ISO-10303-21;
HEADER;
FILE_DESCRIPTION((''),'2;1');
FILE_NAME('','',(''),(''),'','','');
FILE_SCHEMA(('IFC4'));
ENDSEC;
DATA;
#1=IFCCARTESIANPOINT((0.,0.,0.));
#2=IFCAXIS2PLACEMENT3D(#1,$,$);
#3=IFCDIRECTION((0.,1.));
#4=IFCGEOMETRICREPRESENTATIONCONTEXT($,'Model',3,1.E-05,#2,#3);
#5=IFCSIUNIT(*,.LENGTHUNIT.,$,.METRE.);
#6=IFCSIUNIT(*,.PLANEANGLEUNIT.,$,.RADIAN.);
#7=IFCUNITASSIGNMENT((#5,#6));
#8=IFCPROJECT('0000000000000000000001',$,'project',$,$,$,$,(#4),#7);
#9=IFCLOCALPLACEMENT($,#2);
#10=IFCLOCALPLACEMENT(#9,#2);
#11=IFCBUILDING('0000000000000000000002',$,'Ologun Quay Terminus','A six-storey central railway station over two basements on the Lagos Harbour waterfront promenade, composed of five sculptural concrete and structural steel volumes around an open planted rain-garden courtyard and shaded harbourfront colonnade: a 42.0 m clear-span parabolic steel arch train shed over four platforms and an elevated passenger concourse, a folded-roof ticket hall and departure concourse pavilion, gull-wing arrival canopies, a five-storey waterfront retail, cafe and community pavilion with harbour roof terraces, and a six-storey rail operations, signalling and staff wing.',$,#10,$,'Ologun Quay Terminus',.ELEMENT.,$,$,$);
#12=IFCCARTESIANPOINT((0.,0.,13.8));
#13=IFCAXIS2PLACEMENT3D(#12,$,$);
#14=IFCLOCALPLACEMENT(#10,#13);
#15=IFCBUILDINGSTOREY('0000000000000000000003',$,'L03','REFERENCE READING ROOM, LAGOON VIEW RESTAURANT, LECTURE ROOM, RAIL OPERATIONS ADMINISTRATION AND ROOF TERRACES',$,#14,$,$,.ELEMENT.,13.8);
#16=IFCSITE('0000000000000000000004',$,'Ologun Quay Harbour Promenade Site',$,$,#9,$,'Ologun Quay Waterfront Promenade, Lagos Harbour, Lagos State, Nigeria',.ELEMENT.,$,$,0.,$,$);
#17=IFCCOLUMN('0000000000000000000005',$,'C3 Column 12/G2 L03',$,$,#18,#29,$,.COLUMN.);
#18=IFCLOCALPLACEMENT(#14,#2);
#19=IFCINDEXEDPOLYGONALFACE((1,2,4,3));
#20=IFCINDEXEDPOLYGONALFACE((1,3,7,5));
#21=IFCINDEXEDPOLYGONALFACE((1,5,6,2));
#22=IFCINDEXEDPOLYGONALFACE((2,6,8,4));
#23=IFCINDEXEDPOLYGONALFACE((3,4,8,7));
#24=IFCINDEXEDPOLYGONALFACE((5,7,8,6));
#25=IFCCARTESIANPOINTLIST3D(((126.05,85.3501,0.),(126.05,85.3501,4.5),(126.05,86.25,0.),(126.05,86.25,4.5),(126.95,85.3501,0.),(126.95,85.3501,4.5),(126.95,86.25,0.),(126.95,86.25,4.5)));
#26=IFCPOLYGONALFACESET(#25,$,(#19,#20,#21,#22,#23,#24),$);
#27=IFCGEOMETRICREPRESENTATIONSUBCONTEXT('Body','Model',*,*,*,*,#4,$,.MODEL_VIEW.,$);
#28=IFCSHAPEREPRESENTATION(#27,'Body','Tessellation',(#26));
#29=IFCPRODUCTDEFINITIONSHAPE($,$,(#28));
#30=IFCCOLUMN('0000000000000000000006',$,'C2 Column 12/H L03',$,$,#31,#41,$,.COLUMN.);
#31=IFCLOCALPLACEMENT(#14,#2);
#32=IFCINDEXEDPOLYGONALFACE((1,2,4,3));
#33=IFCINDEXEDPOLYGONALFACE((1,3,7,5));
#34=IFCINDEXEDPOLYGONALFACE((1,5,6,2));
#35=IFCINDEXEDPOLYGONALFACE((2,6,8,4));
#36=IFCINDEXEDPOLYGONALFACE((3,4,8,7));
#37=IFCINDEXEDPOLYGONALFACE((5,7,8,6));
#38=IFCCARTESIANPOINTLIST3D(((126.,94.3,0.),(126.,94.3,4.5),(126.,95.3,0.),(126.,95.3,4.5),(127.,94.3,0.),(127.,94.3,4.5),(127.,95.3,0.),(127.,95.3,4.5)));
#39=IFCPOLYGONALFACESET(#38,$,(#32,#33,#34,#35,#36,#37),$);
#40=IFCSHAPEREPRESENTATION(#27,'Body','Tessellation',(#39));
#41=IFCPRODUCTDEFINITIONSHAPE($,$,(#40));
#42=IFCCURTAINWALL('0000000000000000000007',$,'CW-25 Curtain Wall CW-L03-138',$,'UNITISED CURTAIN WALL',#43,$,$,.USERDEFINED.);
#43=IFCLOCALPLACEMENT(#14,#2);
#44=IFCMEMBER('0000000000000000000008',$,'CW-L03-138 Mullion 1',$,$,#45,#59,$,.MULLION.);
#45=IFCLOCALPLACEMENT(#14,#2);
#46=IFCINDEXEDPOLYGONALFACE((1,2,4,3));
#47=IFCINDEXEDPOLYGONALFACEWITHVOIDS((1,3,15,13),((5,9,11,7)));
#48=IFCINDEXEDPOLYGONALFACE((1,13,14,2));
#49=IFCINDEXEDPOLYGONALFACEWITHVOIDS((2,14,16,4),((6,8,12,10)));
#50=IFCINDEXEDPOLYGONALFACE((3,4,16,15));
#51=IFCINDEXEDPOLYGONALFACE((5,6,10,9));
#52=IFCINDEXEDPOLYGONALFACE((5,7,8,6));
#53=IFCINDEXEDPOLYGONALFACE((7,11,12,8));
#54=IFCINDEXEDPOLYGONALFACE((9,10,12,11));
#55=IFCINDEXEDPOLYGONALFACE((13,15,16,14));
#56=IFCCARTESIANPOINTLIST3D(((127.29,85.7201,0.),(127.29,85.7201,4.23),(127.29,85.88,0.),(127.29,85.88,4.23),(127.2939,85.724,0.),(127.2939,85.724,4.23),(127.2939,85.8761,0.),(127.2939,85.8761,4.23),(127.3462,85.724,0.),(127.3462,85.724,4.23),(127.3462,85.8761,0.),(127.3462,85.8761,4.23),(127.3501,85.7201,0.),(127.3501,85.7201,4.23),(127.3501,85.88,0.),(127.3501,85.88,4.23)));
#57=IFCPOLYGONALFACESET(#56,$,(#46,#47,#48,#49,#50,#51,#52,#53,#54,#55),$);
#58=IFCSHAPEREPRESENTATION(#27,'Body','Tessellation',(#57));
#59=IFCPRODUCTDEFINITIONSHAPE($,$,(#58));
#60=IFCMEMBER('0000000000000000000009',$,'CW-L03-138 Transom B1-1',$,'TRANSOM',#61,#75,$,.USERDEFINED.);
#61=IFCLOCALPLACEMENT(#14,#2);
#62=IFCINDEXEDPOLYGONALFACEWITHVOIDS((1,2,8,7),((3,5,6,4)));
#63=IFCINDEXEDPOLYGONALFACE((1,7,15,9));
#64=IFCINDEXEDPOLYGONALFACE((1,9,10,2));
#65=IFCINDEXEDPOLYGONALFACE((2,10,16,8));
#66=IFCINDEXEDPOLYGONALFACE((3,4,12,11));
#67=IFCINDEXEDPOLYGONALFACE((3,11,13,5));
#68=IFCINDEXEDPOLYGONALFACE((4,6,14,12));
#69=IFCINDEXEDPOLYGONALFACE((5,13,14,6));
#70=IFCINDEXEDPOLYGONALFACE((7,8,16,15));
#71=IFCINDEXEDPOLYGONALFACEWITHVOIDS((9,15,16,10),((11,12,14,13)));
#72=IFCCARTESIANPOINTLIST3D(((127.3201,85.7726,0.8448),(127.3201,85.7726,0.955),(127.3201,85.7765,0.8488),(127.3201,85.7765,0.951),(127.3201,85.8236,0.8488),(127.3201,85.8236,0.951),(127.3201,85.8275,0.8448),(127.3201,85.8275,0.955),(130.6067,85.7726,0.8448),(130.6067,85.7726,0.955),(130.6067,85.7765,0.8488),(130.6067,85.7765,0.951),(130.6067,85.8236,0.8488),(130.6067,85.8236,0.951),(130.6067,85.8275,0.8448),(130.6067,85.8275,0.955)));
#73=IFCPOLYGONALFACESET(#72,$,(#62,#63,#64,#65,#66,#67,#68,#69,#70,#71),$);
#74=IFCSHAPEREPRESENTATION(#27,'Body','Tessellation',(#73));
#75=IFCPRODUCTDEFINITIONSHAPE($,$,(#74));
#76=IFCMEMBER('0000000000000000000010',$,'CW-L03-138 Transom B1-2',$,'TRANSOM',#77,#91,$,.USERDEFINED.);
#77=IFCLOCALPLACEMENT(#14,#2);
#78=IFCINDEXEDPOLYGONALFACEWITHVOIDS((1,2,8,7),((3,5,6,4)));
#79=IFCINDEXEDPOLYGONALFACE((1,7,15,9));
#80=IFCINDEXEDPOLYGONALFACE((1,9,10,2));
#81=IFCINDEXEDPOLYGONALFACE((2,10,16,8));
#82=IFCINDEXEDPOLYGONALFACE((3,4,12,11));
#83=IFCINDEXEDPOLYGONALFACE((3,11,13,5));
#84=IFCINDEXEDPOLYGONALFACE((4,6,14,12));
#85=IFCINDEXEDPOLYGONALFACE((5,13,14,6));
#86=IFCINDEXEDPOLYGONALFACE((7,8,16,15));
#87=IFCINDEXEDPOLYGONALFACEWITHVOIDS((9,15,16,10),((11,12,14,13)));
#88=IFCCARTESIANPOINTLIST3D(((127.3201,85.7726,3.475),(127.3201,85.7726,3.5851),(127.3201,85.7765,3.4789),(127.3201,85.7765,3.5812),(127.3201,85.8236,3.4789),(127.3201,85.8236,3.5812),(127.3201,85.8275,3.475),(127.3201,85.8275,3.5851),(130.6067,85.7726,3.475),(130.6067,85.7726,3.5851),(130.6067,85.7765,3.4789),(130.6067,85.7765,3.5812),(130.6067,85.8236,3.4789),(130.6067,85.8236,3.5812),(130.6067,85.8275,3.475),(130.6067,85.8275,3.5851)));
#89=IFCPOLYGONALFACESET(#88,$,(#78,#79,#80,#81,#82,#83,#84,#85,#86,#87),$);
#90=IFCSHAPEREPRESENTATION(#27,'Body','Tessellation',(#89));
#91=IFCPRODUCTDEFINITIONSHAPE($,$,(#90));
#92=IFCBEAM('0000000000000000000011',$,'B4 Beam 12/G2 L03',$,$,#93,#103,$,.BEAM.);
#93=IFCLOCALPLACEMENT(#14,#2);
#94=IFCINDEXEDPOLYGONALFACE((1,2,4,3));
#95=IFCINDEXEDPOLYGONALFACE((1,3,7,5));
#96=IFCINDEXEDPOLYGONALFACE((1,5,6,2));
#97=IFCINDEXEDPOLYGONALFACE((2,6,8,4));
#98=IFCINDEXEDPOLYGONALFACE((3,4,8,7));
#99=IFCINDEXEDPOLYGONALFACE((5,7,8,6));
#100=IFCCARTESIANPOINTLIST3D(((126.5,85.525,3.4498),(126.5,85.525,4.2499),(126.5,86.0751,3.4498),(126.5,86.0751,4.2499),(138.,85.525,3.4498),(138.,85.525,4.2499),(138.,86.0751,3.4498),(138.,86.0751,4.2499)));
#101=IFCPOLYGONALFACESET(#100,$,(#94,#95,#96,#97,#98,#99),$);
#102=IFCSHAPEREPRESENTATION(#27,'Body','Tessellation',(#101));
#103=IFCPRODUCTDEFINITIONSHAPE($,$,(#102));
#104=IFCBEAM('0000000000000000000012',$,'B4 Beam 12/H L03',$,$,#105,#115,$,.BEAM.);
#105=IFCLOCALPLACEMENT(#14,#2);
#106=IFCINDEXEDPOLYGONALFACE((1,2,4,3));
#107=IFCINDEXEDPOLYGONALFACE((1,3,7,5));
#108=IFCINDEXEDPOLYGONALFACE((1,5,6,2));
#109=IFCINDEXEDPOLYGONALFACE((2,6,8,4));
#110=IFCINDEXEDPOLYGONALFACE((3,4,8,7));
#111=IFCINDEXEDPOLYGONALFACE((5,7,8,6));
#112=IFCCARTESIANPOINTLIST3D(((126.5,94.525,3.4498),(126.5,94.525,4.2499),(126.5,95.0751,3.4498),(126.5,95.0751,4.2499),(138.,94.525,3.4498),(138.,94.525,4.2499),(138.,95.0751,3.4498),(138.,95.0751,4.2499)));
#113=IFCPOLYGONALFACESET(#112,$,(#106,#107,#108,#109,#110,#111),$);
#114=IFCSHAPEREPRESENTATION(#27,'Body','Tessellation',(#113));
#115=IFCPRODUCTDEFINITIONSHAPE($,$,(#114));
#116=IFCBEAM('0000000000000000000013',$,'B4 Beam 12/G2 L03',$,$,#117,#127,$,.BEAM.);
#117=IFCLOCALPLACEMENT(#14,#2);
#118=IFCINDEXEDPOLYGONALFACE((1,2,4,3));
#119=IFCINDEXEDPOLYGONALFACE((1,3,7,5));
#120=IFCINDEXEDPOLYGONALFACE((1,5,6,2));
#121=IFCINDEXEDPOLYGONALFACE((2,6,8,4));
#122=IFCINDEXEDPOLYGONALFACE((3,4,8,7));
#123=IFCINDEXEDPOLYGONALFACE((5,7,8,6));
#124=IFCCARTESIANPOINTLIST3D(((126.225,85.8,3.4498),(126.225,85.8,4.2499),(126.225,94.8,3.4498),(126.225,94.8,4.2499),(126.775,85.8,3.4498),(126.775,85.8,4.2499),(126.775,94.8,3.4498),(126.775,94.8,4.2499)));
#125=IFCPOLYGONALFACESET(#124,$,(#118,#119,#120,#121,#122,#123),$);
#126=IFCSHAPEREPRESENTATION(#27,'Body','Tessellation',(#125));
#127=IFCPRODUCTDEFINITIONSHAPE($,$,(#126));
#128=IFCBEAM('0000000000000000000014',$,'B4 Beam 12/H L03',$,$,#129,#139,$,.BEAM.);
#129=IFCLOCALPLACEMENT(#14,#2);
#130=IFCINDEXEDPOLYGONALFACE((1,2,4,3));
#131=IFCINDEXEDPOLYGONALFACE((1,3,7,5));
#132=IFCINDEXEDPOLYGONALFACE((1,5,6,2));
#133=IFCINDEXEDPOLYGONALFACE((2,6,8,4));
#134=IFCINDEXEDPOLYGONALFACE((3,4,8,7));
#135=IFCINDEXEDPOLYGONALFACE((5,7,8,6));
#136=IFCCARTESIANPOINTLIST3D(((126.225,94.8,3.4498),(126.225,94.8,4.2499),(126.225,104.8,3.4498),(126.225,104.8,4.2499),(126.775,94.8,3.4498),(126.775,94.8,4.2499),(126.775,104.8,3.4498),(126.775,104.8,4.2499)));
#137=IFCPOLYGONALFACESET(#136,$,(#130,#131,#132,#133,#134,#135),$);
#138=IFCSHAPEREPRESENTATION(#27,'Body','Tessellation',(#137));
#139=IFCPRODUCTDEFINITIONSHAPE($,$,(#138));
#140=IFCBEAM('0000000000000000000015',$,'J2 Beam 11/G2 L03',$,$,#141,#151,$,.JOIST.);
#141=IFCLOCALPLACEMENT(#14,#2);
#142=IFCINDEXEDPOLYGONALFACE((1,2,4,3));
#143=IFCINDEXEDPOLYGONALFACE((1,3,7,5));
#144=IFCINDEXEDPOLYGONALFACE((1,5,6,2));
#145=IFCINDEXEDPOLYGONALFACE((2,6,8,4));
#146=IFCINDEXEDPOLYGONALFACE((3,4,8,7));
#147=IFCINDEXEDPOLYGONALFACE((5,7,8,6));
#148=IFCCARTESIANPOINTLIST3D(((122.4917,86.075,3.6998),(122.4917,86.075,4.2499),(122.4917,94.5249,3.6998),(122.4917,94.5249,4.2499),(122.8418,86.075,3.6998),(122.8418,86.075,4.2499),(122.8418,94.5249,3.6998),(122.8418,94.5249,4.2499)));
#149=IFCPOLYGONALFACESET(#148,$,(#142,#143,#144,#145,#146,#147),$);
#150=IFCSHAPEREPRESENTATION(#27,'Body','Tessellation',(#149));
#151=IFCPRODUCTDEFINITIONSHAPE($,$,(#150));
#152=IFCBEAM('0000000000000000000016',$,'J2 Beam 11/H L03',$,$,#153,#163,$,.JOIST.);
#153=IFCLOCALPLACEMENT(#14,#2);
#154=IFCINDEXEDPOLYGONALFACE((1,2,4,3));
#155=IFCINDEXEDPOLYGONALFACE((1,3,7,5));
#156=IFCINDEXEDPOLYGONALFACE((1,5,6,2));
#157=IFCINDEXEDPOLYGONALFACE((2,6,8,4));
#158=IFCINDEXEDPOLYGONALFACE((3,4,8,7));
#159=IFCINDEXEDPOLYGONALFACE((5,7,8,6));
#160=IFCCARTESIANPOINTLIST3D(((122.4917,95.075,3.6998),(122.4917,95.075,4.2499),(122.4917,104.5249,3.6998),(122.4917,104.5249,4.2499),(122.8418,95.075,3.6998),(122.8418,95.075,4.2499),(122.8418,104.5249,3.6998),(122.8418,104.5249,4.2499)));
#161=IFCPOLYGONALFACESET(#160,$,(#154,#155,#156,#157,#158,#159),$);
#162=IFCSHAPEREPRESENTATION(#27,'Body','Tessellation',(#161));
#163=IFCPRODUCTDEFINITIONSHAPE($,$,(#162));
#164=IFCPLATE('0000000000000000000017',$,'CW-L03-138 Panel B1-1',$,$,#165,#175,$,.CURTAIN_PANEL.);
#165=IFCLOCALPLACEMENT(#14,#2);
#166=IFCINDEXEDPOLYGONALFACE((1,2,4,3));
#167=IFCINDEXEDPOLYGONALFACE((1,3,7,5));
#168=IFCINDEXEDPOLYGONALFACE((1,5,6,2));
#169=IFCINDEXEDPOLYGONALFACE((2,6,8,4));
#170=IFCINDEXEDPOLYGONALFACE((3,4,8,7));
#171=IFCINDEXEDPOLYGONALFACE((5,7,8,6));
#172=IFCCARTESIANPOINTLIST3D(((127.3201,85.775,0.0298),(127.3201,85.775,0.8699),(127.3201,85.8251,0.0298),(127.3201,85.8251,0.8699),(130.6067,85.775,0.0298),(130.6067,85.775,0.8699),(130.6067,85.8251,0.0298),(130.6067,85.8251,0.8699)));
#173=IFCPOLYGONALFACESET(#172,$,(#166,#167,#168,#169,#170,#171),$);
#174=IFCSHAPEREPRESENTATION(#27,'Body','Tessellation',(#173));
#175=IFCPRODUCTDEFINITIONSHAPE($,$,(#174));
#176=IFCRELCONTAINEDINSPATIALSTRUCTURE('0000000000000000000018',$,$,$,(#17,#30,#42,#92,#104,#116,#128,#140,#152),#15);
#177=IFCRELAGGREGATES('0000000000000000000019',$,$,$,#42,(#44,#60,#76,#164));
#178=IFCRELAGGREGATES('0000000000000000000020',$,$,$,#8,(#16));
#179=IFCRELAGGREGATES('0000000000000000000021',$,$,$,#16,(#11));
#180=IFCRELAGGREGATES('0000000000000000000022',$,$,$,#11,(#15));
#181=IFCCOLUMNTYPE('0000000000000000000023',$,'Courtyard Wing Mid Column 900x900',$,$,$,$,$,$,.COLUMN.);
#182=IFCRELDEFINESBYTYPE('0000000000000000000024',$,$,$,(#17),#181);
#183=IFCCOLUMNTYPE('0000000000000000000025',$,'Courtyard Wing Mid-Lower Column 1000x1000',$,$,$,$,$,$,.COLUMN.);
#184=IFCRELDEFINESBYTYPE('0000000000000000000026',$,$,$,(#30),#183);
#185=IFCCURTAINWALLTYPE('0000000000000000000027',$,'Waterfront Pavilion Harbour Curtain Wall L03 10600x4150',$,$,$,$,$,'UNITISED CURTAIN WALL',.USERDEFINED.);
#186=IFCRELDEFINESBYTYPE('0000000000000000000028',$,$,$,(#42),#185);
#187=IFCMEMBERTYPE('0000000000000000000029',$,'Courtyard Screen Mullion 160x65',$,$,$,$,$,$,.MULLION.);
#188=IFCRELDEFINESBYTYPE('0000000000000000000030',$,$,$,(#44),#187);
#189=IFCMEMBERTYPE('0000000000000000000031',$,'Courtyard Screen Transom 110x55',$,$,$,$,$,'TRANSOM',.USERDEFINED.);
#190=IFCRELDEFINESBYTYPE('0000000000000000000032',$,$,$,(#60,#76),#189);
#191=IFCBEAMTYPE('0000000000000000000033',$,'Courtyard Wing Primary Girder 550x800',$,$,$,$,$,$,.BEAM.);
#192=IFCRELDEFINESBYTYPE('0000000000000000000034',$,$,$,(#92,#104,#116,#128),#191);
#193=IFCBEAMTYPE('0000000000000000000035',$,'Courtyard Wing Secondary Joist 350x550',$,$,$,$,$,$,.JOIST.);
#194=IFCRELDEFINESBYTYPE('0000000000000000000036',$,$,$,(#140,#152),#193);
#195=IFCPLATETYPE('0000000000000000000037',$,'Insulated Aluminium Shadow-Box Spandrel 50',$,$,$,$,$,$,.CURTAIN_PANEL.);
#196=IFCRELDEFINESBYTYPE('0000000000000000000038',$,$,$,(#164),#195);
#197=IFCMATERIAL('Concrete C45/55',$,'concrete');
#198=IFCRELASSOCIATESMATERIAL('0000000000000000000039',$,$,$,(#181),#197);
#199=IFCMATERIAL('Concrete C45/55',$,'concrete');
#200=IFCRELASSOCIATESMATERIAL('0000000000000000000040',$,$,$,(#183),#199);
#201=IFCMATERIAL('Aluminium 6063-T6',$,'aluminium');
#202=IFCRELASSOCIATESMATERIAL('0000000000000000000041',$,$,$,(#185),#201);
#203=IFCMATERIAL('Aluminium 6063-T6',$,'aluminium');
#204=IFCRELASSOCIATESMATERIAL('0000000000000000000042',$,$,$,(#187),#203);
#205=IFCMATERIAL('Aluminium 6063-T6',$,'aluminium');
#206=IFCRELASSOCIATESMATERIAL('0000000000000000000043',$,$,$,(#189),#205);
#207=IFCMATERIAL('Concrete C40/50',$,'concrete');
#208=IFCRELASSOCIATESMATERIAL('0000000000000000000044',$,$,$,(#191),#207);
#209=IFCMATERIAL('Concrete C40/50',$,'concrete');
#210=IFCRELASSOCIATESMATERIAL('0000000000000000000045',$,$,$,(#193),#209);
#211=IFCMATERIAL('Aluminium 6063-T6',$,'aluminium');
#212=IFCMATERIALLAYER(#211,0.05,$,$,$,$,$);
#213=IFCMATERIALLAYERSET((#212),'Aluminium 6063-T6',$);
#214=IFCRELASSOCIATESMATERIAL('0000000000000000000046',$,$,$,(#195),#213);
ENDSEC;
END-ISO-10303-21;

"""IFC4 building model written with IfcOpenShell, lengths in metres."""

from ifc_helpers import new_model, si_unit, direction, frame, origin, origin_2d, place, context, subcontext, project, spatial, rectangle, hollow_rectangle, extrude, material, layer, layer_set, material_profile, profile_set, type_object, element, aggregate, save


model = new_model("IFC4")

# Units and contexts
model_context = context("Model", 3, precision=1e-05, world=origin(), true_north=direction((0.0, 1.0)))
body_context = subcontext(model_context, "Body", "Model", "MODEL_VIEW")
ifc_project = project(units=[si_unit("LENGTHUNIT", "METRE"), si_unit("PLANEANGLEUNIT", "RADIAN")], contexts=[model_context])

# Site, building, storey
site_placement = place(None, origin())
site = spatial("IfcSite", under=ifc_project, at=site_placement, Name="Ologun Quay Harbour Promenade Site", LongName="Ologun Quay Waterfront Promenade, Lagos Harbour, Lagos State, Nigeria", CompositionType="ELEMENT", RefElevation=0.0)
building_placement = place(site_placement, origin())
building = spatial("IfcBuilding", under=site, at=building_placement, Name="Ologun Quay Terminus", Description="A six-storey central railway station over two basements on the Lagos Harbour waterfront promenade, composed of five sculptural concrete and structural steel volumes around an open planted rain-garden courtyard and shaded harbourfront colonnade: a 42.0 m clear-span parabolic steel arch train shed over four platforms and an elevated passenger concourse, a folded-roof ticket hall and departure concourse pavilion, gull-wing arrival canopies, a five-storey waterfront retail, cafe and community pavilion with harbour roof terraces, and a six-storey rail operations, signalling and staff wing.", LongName="Ologun Quay Terminus", CompositionType="ELEMENT")
storey_placement = place(building_placement, frame((0.0, 0.0, 13.8)))
storey = spatial("IfcBuildingStorey", under=building, at=storey_placement, Name="L03", Description="REFERENCE READING ROOM, LAGOON VIEW RESTAURANT, LECTURE ROOM, RAIL OPERATIONS ADMINISTRATION AND ROOF TERRACES", CompositionType="ELEMENT", Elevation=13.8)

# Columns
ifc_material_1 = material(Name="Concrete C45/55", Category="concrete")
ifc_material_profile_1 = material_profile(ifc_material_1, rectangle(XDim=0.8999, YDim=0.8999, at=origin_2d()), Name="RC 900x900")
ifc_profile_set_1 = profile_set([ifc_material_profile_1], Name="Concrete C45/55")
column_type_1 = type_object("IfcColumnType", Name="Courtyard Wing Mid Column 900x900", PredefinedType="COLUMN", material=ifc_profile_set_1)
column_1_placement = place(storey_placement, frame((126.5, 85.8, 0.0), z_axis=(0.0, 0.0, 1.0), x_axis=(1.0, 0.0, 0.0)))
element("IfcColumn", 1, at=column_1_placement, inside=storey, type_object=column_type_1, Name="C3 Column 12/G2 L03", PredefinedType="COLUMN", context=body_context, shape_type="SweptSolid", body=[
    extrude(rectangle(XDim=0.8999, YDim=0.8999, at=origin_2d()), origin(), (0.0, 0.0, 1.0), 4.5),
])
ifc_material_2 = material(Name="Concrete C45/55", Category="concrete")
ifc_material_profile_2 = material_profile(ifc_material_2, rectangle(XDim=1.0, YDim=1.0, at=origin_2d()), Name="RC 1000x1000")
ifc_profile_set_2 = profile_set([ifc_material_profile_2], Name="Concrete C45/55")
column_type_2 = type_object("IfcColumnType", Name="Courtyard Wing Mid-Lower Column 1000x1000", PredefinedType="COLUMN", material=ifc_profile_set_2)
column_2_placement = place(storey_placement, frame((126.5, 94.8, 0.0), z_axis=(0.0, 0.0, 1.0), x_axis=(1.0, 0.0, 0.0)))
element("IfcColumn", 2, at=column_2_placement, inside=storey, type_object=column_type_2, Name="C2 Column 12/H L03", PredefinedType="COLUMN", context=body_context, shape_type="SweptSolid", body=[
    extrude(rectangle(XDim=1.0, YDim=1.0, at=origin_2d()), origin(), (0.0, 0.0, 1.0), 4.5),
])

# Curtain wall, members
ifc_material_3 = material(Name="Aluminium 6063-T6", Category="aluminium")
curtain_wall_type = type_object("IfcCurtainWallType", Name="Waterfront Pavilion Harbour Curtain Wall L03 10600x4150", ElementType="UNITISED CURTAIN WALL", PredefinedType="USERDEFINED", material=ifc_material_3)
curtain_wall_placement = place(storey_placement, origin())
curtain_wall = element("IfcCurtainWall", 3, at=curtain_wall_placement, inside=storey, type_object=curtain_wall_type, Name="CW-25 Curtain Wall CW-L03-138", ObjectType="UNITISED CURTAIN WALL", PredefinedType="USERDEFINED")
ifc_material_4 = material(Name="Aluminium 6063-T6", Category="aluminium")
ifc_material_profile_3 = material_profile(ifc_material_4, hollow_rectangle(XDim=0.0601, YDim=0.1599, WallThickness=0.0039, at=origin_2d()), Name="ALU 160x60x4")
ifc_profile_set_3 = profile_set([ifc_material_profile_3], Name="Aluminium 6063-T6")
member_type_1 = type_object("IfcMemberType", Name="Courtyard Screen Mullion 160x65", PredefinedType="MULLION", material=ifc_profile_set_3)
member_1_placement = place(storey_placement, frame((127.3201, 85.8, 0.0), z_axis=(0.0, 0.0, 1.0), x_axis=(1.0, 0.0, 0.0)))
member_1 = element("IfcMember", 4, at=member_1_placement, type_object=member_type_1, Name="CW-L03-138 Mullion 1", PredefinedType="MULLION", context=body_context, shape_type="SweptSolid", body=[
    extrude(hollow_rectangle(XDim=0.0601, YDim=0.1599, WallThickness=0.0039, at=origin_2d()), origin(), (0.0, 0.0, 1.0), 4.23),
])
ifc_material_5 = material(Name="Aluminium 6063-T6", Category="aluminium")
ifc_material_profile_4 = material_profile(ifc_material_5, hollow_rectangle(XDim=0.0549, YDim=0.1101, WallThickness=0.0039, at=origin_2d()), Name="ALU 110x55x4")
ifc_profile_set_4 = profile_set([ifc_material_profile_4], Name="Aluminium 6063-T6")
member_type_2 = type_object("IfcMemberType", Name="Courtyard Screen Transom 110x55", ElementType="TRANSOM", PredefinedType="USERDEFINED", material=ifc_profile_set_4)
member_2_placement = place(storey_placement, frame((127.3201, 85.8, 0.8999), z_axis=(1.0, 0.0, 0.0), x_axis=(0.0, 1.0, 0.0)))
member_2 = element("IfcMember", 5, at=member_2_placement, type_object=member_type_2, Name="CW-L03-138 Transom B1-1", ObjectType="TRANSOM", PredefinedType="USERDEFINED", context=body_context, shape_type="SweptSolid", body=[
    extrude(hollow_rectangle(XDim=0.0549, YDim=0.1101, WallThickness=0.0039, at=origin_2d()), origin(), (0.0, 0.0, 1.0), 3.2866),
])
member_3_placement = place(storey_placement, frame((127.3201, 85.8, 3.53), z_axis=(1.0, 0.0, 0.0), x_axis=(0.0, 1.0, 0.0)))
member_3 = element("IfcMember", 6, at=member_3_placement, type_object=member_type_2, Name="CW-L03-138 Transom B1-2", ObjectType="TRANSOM", PredefinedType="USERDEFINED", context=body_context, shape_type="SweptSolid", body=[
    extrude(hollow_rectangle(XDim=0.0549, YDim=0.1101, WallThickness=0.0039, at=origin_2d()), origin(), (0.0, 0.0, 1.0), 3.2866),
])

# Beams
ifc_material_6 = material(Name="Concrete C40/50", Category="concrete")
ifc_material_profile_5 = material_profile(ifc_material_6, rectangle(XDim=0.55, YDim=0.8, at=origin_2d()), Name="RC 550x800")
ifc_profile_set_5 = profile_set([ifc_material_profile_5], Name="Concrete C40/50")
beam_type_1 = type_object("IfcBeamType", Name="Courtyard Wing Primary Girder 550x800", PredefinedType="BEAM", material=ifc_profile_set_5)
for number, where, z_axis, x_axis, name in (
    (7, (126.5, 85.8, 3.8499), (1.0, 0.0, 0.0), (0.0, 1.0, 0.0), "B4 Beam 12/G2 L03"),
    (8, (126.5, 94.8, 3.8499), (1.0, 0.0, 0.0), (0.0, 1.0, 0.0), "B4 Beam 12/H L03"),
):
    element("IfcBeam", number, at=place(storey_placement, frame(where, z_axis=z_axis, x_axis=x_axis)), inside=storey, type_object=beam_type_1, Name=name, PredefinedType="BEAM", context=body_context, shape_type="SweptSolid", body=[
        extrude(rectangle(XDim=0.55, YDim=0.8, at=origin_2d()), origin(), (0.0, 0.0, 1.0), 11.5),
    ])
beam_1_placement = place(storey_placement, frame((126.5, 85.8, 3.8499), z_axis=(0.0, 1.0, 0.0), x_axis=(-1.0, 0.0, 0.0)))
element("IfcBeam", 9, at=beam_1_placement, inside=storey, type_object=beam_type_1, Name="B4 Beam 12/G2 L03", PredefinedType="BEAM", context=body_context, shape_type="SweptSolid", body=[
    extrude(rectangle(XDim=0.55, YDim=0.8, at=origin_2d()), origin(), (0.0, 0.0, 1.0), 9.0),
])
beam_2_placement = place(storey_placement, frame((126.5, 94.8, 3.8499), z_axis=(0.0, 1.0, 0.0), x_axis=(-1.0, 0.0, 0.0)))
element("IfcBeam", 10, at=beam_2_placement, inside=storey, type_object=beam_type_1, Name="B4 Beam 12/H L03", PredefinedType="BEAM", context=body_context, shape_type="SweptSolid", body=[
    extrude(rectangle(XDim=0.55, YDim=0.8, at=origin_2d()), origin(), (0.0, 0.0, 1.0), 10.0),
])
ifc_material_7 = material(Name="Concrete C40/50", Category="concrete")
ifc_material_profile_6 = material_profile(ifc_material_7, rectangle(XDim=0.3501, YDim=0.55, at=origin_2d()), Name="RC 350x550")
ifc_profile_set_6 = profile_set([ifc_material_profile_6], Name="Concrete C40/50")
beam_type_2 = type_object("IfcBeamType", Name="Courtyard Wing Secondary Joist 350x550", PredefinedType="JOIST", material=ifc_profile_set_6)
beam_3_placement = place(storey_placement, frame((122.6667, 86.075, 3.9749), z_axis=(0.0, 1.0, 0.0), x_axis=(-1.0, 0.0, 0.0)))
element("IfcBeam", 11, at=beam_3_placement, inside=storey, type_object=beam_type_2, Name="J2 Beam 11/G2 L03", PredefinedType="JOIST", context=body_context, shape_type="SweptSolid", body=[
    extrude(rectangle(XDim=0.3501, YDim=0.55, at=origin_2d()), origin(), (0.0, 0.0, 1.0), 8.45),
])
beam_4_placement = place(storey_placement, frame((122.6667, 95.075, 3.9749), z_axis=(0.0, 1.0, 0.0), x_axis=(-1.0, 0.0, 0.0)))
element("IfcBeam", 12, at=beam_4_placement, inside=storey, type_object=beam_type_2, Name="J2 Beam 11/H L03", PredefinedType="JOIST", context=body_context, shape_type="SweptSolid", body=[
    extrude(rectangle(XDim=0.3501, YDim=0.55, at=origin_2d()), origin(), (0.0, 0.0, 1.0), 9.45),
])

# Plate
ifc_material_8 = material(Name="Aluminium 6063-T6", Category="aluminium")
ifc_layer_1 = layer(ifc_material_8, 0.05)
ifc_layer_set_1 = layer_set([ifc_layer_1], Name="Aluminium 6063-T6")
plate_type_1 = type_object("IfcPlateType", Name="Insulated Aluminium Shadow-Box Spandrel 50", PredefinedType="CURTAIN_PANEL", material=ifc_layer_set_1)
plate_1_placement = place(storey_placement, frame((128.9634, 85.8, 0.0298), z_axis=(0.0, 0.0, 1.0), x_axis=(1.0, 0.0, 0.0)))
plate_1 = element("IfcPlate", 13, at=plate_1_placement, type_object=plate_type_1, Name="CW-L03-138 Panel B1-1", PredefinedType="CURTAIN_PANEL", context=body_context, shape_type="SweptSolid", body=[
    extrude(rectangle(XDim=3.2866, YDim=0.05, at=origin_2d()), origin(), (0.0, 0.0, 1.0), 0.8401),
])
aggregate(curtain_wall, [member_1, member_2, member_3, plate_1])

save(model, "model.ifc")
